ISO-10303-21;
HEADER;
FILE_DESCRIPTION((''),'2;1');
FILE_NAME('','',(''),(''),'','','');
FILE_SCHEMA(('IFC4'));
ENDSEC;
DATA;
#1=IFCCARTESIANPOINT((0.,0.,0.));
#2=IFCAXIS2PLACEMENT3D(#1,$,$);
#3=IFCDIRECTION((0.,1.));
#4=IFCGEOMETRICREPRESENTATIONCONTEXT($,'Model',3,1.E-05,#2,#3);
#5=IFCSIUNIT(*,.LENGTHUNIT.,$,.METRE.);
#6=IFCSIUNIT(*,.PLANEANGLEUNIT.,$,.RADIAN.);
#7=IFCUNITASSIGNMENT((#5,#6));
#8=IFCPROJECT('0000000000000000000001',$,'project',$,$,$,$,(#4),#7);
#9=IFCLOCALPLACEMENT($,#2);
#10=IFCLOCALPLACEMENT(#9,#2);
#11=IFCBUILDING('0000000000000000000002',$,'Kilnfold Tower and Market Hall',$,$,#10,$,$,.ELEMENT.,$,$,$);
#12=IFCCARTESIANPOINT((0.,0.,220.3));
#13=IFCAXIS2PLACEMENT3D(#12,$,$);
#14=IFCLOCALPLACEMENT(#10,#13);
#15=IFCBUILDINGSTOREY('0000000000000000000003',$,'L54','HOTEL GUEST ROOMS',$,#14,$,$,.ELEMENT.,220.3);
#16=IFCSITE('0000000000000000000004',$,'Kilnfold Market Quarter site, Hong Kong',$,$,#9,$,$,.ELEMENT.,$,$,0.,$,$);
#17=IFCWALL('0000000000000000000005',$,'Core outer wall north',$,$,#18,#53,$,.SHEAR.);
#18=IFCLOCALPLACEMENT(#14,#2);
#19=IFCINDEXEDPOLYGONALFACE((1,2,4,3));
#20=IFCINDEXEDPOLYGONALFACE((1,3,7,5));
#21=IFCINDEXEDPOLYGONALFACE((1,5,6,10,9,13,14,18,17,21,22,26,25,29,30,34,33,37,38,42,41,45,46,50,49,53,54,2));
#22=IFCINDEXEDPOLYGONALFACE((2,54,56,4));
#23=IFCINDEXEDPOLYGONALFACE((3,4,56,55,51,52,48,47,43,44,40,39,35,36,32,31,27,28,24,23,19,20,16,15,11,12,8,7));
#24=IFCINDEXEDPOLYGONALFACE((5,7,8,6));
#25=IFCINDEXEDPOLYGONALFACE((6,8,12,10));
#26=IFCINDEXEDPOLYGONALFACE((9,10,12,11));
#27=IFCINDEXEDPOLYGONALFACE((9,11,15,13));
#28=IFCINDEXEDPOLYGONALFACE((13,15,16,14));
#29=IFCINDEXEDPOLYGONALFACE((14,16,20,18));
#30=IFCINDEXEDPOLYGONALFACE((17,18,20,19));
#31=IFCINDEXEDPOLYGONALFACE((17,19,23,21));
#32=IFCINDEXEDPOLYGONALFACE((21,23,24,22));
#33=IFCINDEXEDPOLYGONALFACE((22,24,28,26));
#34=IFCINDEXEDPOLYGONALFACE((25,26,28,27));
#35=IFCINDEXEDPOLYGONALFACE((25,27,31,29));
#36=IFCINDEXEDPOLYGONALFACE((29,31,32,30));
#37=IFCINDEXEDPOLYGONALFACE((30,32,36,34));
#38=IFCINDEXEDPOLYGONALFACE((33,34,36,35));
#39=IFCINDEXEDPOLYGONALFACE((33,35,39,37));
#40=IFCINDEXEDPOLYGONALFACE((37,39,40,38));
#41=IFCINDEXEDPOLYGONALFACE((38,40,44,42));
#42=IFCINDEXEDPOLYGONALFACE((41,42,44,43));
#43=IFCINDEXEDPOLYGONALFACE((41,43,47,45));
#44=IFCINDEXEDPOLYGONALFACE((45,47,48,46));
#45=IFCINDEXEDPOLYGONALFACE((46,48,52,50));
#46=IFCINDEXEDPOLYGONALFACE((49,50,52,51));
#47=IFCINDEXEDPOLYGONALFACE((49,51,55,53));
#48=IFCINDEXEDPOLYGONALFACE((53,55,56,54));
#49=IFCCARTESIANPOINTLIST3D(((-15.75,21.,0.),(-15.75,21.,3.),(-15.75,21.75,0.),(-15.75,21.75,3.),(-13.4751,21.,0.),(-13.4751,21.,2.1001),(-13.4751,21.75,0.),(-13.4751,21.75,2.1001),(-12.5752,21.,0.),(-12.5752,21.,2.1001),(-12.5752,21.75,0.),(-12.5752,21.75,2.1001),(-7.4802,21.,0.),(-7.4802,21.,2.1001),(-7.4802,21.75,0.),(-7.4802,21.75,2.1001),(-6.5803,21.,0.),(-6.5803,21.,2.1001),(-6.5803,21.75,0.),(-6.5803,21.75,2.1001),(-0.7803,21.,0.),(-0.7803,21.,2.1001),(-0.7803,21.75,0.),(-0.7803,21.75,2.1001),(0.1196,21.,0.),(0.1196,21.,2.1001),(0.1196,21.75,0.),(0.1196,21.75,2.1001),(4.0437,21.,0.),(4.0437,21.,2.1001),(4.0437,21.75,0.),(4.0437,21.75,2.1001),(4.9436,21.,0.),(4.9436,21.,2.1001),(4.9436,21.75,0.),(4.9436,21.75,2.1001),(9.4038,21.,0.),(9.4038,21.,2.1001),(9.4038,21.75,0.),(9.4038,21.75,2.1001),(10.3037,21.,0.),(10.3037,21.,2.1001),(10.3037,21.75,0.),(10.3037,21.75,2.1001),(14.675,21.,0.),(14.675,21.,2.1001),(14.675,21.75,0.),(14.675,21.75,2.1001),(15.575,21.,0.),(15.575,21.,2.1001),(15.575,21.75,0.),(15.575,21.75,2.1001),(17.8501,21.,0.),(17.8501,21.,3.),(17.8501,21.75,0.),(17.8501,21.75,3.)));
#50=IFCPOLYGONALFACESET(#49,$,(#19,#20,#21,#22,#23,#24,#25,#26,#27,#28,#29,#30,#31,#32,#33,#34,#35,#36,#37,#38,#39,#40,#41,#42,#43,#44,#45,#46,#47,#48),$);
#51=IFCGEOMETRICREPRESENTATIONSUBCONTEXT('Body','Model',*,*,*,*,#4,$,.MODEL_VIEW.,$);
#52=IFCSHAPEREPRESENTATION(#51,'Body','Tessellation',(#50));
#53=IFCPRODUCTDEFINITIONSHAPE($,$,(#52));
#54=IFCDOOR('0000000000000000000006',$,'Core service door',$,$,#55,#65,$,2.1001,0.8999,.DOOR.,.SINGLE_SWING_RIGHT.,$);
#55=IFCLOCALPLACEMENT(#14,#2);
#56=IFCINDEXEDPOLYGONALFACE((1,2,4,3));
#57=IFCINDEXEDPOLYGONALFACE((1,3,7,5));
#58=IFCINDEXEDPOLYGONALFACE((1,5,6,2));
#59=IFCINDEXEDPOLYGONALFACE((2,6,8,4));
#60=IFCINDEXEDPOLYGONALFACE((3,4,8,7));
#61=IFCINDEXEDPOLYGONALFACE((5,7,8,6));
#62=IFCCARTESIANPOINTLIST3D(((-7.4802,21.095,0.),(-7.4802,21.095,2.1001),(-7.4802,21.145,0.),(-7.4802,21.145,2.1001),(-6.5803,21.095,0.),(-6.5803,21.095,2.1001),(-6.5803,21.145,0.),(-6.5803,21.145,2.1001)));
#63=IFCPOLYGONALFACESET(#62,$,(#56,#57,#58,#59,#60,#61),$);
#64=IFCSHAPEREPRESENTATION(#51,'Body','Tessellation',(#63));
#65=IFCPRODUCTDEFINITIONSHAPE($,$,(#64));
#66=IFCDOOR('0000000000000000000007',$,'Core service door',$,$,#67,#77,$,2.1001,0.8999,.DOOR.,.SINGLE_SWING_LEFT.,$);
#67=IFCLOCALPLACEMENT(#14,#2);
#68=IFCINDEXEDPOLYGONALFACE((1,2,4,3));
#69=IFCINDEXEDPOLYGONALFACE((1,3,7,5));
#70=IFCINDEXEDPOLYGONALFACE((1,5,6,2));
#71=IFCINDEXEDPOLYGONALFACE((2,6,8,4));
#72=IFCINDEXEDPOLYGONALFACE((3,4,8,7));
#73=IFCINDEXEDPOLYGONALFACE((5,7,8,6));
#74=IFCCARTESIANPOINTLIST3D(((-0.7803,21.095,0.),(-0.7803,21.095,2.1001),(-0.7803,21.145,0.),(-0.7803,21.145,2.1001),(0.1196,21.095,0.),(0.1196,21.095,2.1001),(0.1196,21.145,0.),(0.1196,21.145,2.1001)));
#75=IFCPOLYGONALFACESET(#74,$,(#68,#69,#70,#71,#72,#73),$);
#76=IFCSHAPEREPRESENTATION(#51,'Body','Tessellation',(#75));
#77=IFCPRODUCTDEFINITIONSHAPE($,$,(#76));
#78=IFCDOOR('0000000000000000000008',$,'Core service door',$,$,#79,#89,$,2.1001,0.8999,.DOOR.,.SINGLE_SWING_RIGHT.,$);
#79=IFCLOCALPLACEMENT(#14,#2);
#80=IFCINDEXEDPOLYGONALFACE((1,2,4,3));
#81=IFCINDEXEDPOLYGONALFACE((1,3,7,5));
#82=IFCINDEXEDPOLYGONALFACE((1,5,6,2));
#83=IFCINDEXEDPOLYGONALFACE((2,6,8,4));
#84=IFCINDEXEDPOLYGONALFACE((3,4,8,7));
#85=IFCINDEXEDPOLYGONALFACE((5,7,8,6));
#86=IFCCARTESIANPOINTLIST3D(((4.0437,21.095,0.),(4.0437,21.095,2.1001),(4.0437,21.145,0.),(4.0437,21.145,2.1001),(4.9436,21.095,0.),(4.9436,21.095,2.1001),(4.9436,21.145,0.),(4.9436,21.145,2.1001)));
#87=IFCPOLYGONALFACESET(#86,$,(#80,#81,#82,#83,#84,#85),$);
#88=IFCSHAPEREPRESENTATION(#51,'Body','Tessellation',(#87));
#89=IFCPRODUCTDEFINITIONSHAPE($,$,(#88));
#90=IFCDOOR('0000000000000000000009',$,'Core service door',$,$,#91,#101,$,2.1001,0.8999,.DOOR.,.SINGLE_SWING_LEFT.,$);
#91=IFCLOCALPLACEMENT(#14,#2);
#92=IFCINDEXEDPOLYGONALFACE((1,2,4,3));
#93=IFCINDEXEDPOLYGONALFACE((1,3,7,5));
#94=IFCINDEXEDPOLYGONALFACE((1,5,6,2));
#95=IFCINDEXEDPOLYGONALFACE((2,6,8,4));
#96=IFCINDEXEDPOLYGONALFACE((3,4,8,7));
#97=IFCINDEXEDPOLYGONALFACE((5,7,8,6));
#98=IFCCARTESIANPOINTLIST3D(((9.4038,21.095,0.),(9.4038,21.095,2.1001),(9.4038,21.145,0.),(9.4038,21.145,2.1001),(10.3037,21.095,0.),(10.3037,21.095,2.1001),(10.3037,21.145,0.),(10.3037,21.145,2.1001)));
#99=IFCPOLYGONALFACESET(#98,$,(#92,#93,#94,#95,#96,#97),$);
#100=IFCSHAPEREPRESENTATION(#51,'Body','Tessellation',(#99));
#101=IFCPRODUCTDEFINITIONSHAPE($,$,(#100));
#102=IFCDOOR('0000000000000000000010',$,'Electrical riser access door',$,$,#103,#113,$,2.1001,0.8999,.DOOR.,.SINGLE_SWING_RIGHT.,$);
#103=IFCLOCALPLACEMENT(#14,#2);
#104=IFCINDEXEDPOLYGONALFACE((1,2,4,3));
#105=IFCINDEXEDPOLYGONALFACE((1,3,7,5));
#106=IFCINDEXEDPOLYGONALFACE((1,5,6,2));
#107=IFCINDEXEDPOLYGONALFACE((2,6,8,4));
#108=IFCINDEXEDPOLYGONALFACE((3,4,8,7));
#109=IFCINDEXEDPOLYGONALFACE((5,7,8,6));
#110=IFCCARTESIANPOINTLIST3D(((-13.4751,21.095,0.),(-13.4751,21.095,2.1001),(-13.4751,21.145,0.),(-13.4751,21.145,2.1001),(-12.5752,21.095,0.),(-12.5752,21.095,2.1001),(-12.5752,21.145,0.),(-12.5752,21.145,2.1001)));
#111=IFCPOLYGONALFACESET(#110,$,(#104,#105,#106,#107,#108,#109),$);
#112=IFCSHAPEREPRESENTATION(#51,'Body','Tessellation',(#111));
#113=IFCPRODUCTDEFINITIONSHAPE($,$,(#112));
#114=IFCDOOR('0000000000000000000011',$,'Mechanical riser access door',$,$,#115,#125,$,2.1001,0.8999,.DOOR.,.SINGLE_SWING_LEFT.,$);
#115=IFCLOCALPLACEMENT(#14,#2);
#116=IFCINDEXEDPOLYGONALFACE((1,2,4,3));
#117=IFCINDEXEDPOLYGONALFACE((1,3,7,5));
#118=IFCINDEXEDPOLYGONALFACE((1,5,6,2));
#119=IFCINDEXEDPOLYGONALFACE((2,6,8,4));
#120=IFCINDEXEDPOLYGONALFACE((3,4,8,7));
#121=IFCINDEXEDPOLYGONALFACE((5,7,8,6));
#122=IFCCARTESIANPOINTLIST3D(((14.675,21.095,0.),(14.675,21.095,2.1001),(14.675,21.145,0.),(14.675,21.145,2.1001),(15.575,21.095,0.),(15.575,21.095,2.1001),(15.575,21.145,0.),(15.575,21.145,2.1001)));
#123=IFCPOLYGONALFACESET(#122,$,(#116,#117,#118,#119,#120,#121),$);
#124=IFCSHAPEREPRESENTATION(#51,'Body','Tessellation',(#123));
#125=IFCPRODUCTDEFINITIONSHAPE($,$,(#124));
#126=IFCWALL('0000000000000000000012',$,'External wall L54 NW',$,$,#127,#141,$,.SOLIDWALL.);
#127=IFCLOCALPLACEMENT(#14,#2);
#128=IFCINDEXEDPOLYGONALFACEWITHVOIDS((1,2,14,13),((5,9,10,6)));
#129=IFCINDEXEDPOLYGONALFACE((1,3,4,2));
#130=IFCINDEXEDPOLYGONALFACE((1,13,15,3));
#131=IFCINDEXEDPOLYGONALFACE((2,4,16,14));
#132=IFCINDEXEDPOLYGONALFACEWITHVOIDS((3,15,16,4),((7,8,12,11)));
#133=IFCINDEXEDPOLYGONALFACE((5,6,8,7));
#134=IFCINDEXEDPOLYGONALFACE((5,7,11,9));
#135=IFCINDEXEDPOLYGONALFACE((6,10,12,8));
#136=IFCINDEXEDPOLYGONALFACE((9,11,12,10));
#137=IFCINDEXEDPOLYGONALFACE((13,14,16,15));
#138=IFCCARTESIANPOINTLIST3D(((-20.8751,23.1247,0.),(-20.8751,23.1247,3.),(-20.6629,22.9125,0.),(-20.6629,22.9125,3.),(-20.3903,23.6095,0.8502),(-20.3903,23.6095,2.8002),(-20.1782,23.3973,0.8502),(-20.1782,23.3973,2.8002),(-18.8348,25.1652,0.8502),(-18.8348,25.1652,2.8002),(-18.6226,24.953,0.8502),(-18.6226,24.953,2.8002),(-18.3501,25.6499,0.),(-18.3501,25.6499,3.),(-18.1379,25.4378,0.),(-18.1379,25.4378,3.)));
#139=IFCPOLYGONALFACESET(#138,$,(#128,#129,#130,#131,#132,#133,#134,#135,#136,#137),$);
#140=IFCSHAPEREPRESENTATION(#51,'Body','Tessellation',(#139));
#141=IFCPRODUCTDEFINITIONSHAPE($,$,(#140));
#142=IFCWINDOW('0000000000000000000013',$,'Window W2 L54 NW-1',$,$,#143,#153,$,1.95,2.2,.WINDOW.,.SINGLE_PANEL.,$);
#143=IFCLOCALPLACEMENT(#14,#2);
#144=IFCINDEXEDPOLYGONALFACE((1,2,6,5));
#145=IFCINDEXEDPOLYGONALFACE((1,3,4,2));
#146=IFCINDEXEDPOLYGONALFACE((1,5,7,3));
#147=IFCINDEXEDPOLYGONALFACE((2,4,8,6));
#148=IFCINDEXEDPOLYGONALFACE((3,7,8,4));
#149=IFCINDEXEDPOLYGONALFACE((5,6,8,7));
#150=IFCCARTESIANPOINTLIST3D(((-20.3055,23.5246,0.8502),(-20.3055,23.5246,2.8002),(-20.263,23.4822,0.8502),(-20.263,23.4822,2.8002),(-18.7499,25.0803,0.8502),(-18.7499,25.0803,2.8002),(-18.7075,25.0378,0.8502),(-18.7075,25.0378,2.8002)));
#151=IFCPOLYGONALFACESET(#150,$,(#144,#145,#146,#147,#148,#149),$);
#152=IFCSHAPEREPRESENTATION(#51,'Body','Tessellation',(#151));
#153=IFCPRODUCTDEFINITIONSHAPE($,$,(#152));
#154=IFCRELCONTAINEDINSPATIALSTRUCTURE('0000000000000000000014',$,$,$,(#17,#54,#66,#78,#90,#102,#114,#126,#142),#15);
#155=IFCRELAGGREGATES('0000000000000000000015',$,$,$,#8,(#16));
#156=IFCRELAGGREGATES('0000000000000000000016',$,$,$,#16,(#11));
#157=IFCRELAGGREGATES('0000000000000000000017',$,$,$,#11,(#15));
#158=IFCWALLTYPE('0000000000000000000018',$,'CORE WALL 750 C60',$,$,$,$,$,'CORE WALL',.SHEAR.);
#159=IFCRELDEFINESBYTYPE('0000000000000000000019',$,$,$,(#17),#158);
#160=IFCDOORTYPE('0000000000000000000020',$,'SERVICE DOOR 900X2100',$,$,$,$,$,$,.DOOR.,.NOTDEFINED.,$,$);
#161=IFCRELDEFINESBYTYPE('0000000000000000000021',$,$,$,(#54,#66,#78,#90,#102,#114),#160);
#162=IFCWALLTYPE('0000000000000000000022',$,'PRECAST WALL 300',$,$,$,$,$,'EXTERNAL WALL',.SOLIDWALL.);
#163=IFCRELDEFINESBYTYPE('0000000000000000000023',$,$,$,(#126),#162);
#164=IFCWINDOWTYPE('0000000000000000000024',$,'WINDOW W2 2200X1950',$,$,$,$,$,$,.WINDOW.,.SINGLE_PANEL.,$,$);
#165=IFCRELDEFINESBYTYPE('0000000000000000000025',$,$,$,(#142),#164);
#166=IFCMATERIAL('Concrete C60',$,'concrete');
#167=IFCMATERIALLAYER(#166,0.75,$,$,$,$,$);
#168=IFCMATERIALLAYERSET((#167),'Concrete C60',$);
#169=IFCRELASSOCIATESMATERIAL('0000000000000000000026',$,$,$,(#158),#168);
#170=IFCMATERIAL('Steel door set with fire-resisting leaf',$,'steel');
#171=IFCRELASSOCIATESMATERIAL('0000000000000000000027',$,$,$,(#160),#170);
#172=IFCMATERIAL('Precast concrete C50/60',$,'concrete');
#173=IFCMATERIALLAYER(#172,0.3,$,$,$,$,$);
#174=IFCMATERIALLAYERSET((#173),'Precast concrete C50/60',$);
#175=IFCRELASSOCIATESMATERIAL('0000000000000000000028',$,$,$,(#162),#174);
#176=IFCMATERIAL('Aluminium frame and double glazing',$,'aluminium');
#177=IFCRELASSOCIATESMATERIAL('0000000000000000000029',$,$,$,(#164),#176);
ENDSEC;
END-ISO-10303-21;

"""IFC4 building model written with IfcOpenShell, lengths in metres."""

from ifc_helpers import new_model, si_unit, direction, frame, frame_2d, origin, place, context, subcontext, project, spatial, rectangle, extrude, source, transform, mapped, material, layer, layer_set, type_object, element, fill, save


model = new_model("IFC4")

# Units and contexts
model_context = context("Model", 3, precision=1e-05, world=origin(), true_north=direction((0.0, 1.0)))
body_context = subcontext(model_context, "Body", "Model", "MODEL_VIEW")
ifc_project = project(units=[si_unit("LENGTHUNIT", "METRE"), si_unit("PLANEANGLEUNIT", "RADIAN")], contexts=[model_context])

# Site, building, storey
site_placement = place(None, origin())
site = spatial("IfcSite", under=ifc_project, at=site_placement, Name="Kilnfold Market Quarter site, Hong Kong", CompositionType="ELEMENT", RefElevation=0.0)
building_placement = place(site_placement, origin())
building = spatial("IfcBuilding", under=site, at=building_placement, Name="Kilnfold Tower and Market Hall", CompositionType="ELEMENT")
storey_placement = place(building_placement, frame((0.0, 0.0, 220.3)))
storey = spatial("IfcBuildingStorey", under=building, at=storey_placement, Name="L54", Description="HOTEL GUEST ROOMS", CompositionType="ELEMENT", Elevation=220.3)

# Wall, openings, doors
ifc_material_1 = material(Name="Concrete C60", Category="concrete")
ifc_layer_1 = layer(ifc_material_1, 0.75)
ifc_layer_set_1 = layer_set([ifc_layer_1], Name="Concrete C60")
wall_type_1 = type_object("IfcWallType", Name="CORE WALL 750 C60", ElementType="CORE WALL", PredefinedType="SHEAR", material=ifc_layer_set_1)
shared_shape_1 = source(origin(), body_context, "Body", "SweptSolid", [
    extrude(rectangle(XDim=33.6001, YDim=0.75, at=frame_2d((16.8, 0.0))), origin(), (0.0, 0.0, 1.0), 3.0),
])
wall_1_placement = place(storey_placement, frame((-15.75, 21.375, 0.0), z_axis=(0.0, 0.0, 1.0), x_axis=(1.0, 0.0, 0.0)))
wall_1 = element("IfcWall", 1, at=wall_1_placement, inside=storey, type_object=wall_type_1, Name="Core outer wall north", PredefinedType="SHEAR", context=body_context, shape_type="MappedRepresentation", body=[
    mapped(shared_shape_1, transform((0.0, 0.0, 0.0))),
])
opening_1_placement = place(wall_1_placement, frame((8.2698, 0.0, 0.0)))
opening_1 = element("IfcOpeningElement", 2, at=opening_1_placement, cuts=wall_1, PredefinedType="OPENING", context=body_context, shape_type="SweptSolid", body=[
    extrude(rectangle(XDim=0.8999, YDim=2.1001, at=frame_2d((0.45, 1.05))), frame((0.0, 0.385, 0.0), z_axis=(0.0, -1.0, 0.0), x_axis=(1.0, 0.0, 0.0)), (0.0, 0.0, 1.0), 0.77),
])
opening_2_placement = place(wall_1_placement, frame((14.9697, 0.0, 0.0)))
opening_2 = element("IfcOpeningElement", 3, at=opening_2_placement, cuts=wall_1, PredefinedType="OPENING", context=body_context, shape_type="SweptSolid", body=[
    extrude(rectangle(XDim=0.8999, YDim=2.1001, at=frame_2d((0.45, 1.05))), frame((0.0, 0.385, 0.0), z_axis=(0.0, -1.0, 0.0), x_axis=(1.0, 0.0, 0.0)), (0.0, 0.0, 1.0), 0.77),
])
opening_3_placement = place(wall_1_placement, frame((19.7937, 0.0, 0.0)))
opening_3 = element("IfcOpeningElement", 4, at=opening_3_placement, cuts=wall_1, PredefinedType="OPENING", context=body_context, shape_type="SweptSolid", body=[
    extrude(rectangle(XDim=0.8999, YDim=2.1001, at=frame_2d((0.45, 1.05))), frame((0.0, 0.385, 0.0), z_axis=(0.0, -1.0, 0.0), x_axis=(1.0, 0.0, 0.0)), (0.0, 0.0, 1.0), 0.77),
])
opening_4_placement = place(wall_1_placement, frame((25.1538, 0.0, 0.0)))
opening_4 = element("IfcOpeningElement", 5, at=opening_4_placement, cuts=wall_1, PredefinedType="OPENING", context=body_context, shape_type="SweptSolid", body=[
    extrude(rectangle(XDim=0.8999, YDim=2.1001, at=frame_2d((0.45, 1.05))), frame((0.0, 0.385, 0.0), z_axis=(0.0, -1.0, 0.0), x_axis=(1.0, 0.0, 0.0)), (0.0, 0.0, 1.0), 0.77),
])
opening_5_placement = place(wall_1_placement, frame((2.2749, 0.0, 0.0)))
opening_5 = element("IfcOpeningElement", 6, at=opening_5_placement, cuts=wall_1, PredefinedType="OPENING", context=body_context, shape_type="SweptSolid", body=[
    extrude(rectangle(XDim=0.8999, YDim=2.1001, at=frame_2d((0.45, 1.05))), frame((0.0, 0.385, 0.0), z_axis=(0.0, -1.0, 0.0), x_axis=(1.0, 0.0, 0.0)), (0.0, 0.0, 1.0), 0.77),
])
opening_6_placement = place(wall_1_placement, frame((30.425, 0.0, 0.0)))
opening_6 = element("IfcOpeningElement", 7, at=opening_6_placement, cuts=wall_1, PredefinedType="OPENING", context=body_context, shape_type="SweptSolid", body=[
    extrude(rectangle(XDim=0.8999, YDim=2.1001, at=frame_2d((0.45, 1.05))), frame((0.0, 0.385, 0.0), z_axis=(0.0, -1.0, 0.0), x_axis=(1.0, 0.0, 0.0)), (0.0, 0.0, 1.0), 0.77),
])
ifc_material_2 = material(Name="Steel door set with fire-resisting leaf", Category="steel")
door_type_1 = type_object("IfcDoorType", Name="SERVICE DOOR 900X2100", OperationType="NOTDEFINED", PredefinedType="DOOR", material=ifc_material_2)
door_1_placement = place(opening_1_placement, origin())
door_1 = element("IfcDoor", 8, at=door_1_placement, inside=storey, type_object=door_type_1, Name="Core service door", OperationType="SINGLE_SWING_RIGHT", OverallHeight=2.1001, OverallWidth=0.8999, PredefinedType="DOOR", context=body_context, shape_type="SweptSolid", body=[
    extrude(rectangle(XDim=0.8999, YDim=2.1001, at=frame_2d((0.45, 1.05))), frame((0.0, -0.23, 0.0), z_axis=(0.0, -1.0, 0.0), x_axis=(1.0, 0.0, 0.0)), (0.0, 0.0, 1.0), 0.05),
])
fill(opening_1, door_1)
door_2_placement = place(opening_2_placement, origin())
door_2 = element("IfcDoor", 9, at=door_2_placement, inside=storey, type_object=door_type_1, Name="Core service door", OperationType="SINGLE_SWING_LEFT", OverallHeight=2.1001, OverallWidth=0.8999, PredefinedType="DOOR", context=body_context, shape_type="SweptSolid", body=[
    extrude(rectangle(XDim=0.8999, YDim=2.1001, at=frame_2d((0.45, 1.05))), frame((0.0, -0.23, 0.0), z_axis=(0.0, -1.0, 0.0), x_axis=(1.0, 0.0, 0.0)), (0.0, 0.0, 1.0), 0.05),
])
fill(opening_2, door_2)
door_3_placement = place(opening_3_placement, origin())
door_3 = element("IfcDoor", 10, at=door_3_placement, inside=storey, type_object=door_type_1, Name="Core service door", OperationType="SINGLE_SWING_RIGHT", OverallHeight=2.1001, OverallWidth=0.8999, PredefinedType="DOOR", context=body_context, shape_type="SweptSolid", body=[
    extrude(rectangle(XDim=0.8999, YDim=2.1001, at=frame_2d((0.45, 1.05))), frame((0.0, -0.23, 0.0), z_axis=(0.0, -1.0, 0.0), x_axis=(1.0, 0.0, 0.0)), (0.0, 0.0, 1.0), 0.05),
])
fill(opening_3, door_3)
door_4_placement = place(opening_4_placement, origin())
door_4 = element("IfcDoor", 11, at=door_4_placement, inside=storey, type_object=door_type_1, Name="Core service door", OperationType="SINGLE_SWING_LEFT", OverallHeight=2.1001, OverallWidth=0.8999, PredefinedType="DOOR", context=body_context, shape_type="SweptSolid", body=[
    extrude(rectangle(XDim=0.8999, YDim=2.1001, at=frame_2d((0.45, 1.05))), frame((0.0, -0.23, 0.0), z_axis=(0.0, -1.0, 0.0), x_axis=(1.0, 0.0, 0.0)), (0.0, 0.0, 1.0), 0.05),
])
fill(opening_4, door_4)
door_5_placement = place(opening_5_placement, origin())
door_5 = element("IfcDoor", 12, at=door_5_placement, inside=storey, type_object=door_type_1, Name="Electrical riser access door", OperationType="SINGLE_SWING_RIGHT", OverallHeight=2.1001, OverallWidth=0.8999, PredefinedType="DOOR", context=body_context, shape_type="SweptSolid", body=[
    extrude(rectangle(XDim=0.8999, YDim=2.1001, at=frame_2d((0.45, 1.05))), frame((0.0, -0.23, 0.0), z_axis=(0.0, -1.0, 0.0), x_axis=(1.0, 0.0, 0.0)), (0.0, 0.0, 1.0), 0.05),
])
fill(opening_5, door_5)
door_6_placement = place(opening_6_placement, origin())
door_6 = element("IfcDoor", 13, at=door_6_placement, inside=storey, type_object=door_type_1, Name="Mechanical riser access door", OperationType="SINGLE_SWING_LEFT", OverallHeight=2.1001, OverallWidth=0.8999, PredefinedType="DOOR", context=body_context, shape_type="SweptSolid", body=[
    extrude(rectangle(XDim=0.8999, YDim=2.1001, at=frame_2d((0.45, 1.05))), frame((0.0, -0.23, 0.0), z_axis=(0.0, -1.0, 0.0), x_axis=(1.0, 0.0, 0.0)), (0.0, 0.0, 1.0), 0.05),
])
fill(opening_6, door_6)

# Wall, opening, window
ifc_material_3 = material(Name="Precast concrete C50/60", Category="concrete")
ifc_layer_2 = layer(ifc_material_3, 0.3)
ifc_layer_set_2 = layer_set([ifc_layer_2], Name="Precast concrete C50/60")
wall_type_2 = type_object("IfcWallType", Name="PRECAST WALL 300", ElementType="EXTERNAL WALL", PredefinedType="SOLIDWALL", material=ifc_layer_set_2)
shared_shape_2 = source(origin(), body_context, "Body", "SweptSolid", [
    extrude(rectangle(XDim=3.571, YDim=0.3, at=frame_2d((1.7856, 0.0))), origin(), (0.0, 0.0, 1.0), 3.0),
])
wall_2_placement = place(storey_placement, frame((-18.2439, 25.5439, 0.0), z_axis=(0.0, 0.0, 1.0), x_axis=(-0.707073, -0.707141, 0.0)))
wall_2 = element("IfcWall", 14, at=wall_2_placement, inside=storey, type_object=wall_type_2, Name="External wall L54 NW", PredefinedType="SOLIDWALL", context=body_context, shape_type="MappedRepresentation", body=[
    mapped(shared_shape_2, transform((0.0, 0.0, 0.0))),
])
opening_7_placement = place(wall_2_placement, frame((0.6855, 0.0, 0.8501)))
opening_7 = element("IfcOpeningElement", 15, at=opening_7_placement, cuts=wall_2, PredefinedType="OPENING", context=body_context, shape_type="SweptSolid", body=[
    extrude(rectangle(XDim=2.2, YDim=1.95, at=frame_2d((1.1001, 0.9751))), frame((0.0, 0.1602, 0.0), z_axis=(0.0, -1.0, 0.0), x_axis=(1.0, 0.0, 0.0)), (0.0, 0.0, 1.0), 0.3201),
])
ifc_material_4 = material(Name="Aluminium frame and double glazing", Category="aluminium")
window_type = type_object("IfcWindowType", Name="WINDOW W2 2200X1950", PartitioningType="SINGLE_PANEL", PredefinedType="WINDOW", material=ifc_material_4)
window_1_placement = place(opening_7_placement, origin())
window_1 = element("IfcWindow", 16, at=window_1_placement, inside=storey, type_object=window_type, Name="Window W2 L54 NW-1", OverallHeight=1.95, OverallWidth=2.2, PartitioningType="SINGLE_PANEL", PredefinedType="WINDOW", context=body_context, shape_type="SweptSolid", body=[
    extrude(rectangle(XDim=2.2, YDim=1.95, at=frame_2d((1.1001, 0.9751))), frame((0.0, 0.03, 0.0), z_axis=(0.0, -1.0, 0.0), x_axis=(1.0, 0.0, 0.0)), (0.0, 0.0, 1.0), 0.0601),
])
fill(opening_7, window_1)

save(model, "model.ifc")
